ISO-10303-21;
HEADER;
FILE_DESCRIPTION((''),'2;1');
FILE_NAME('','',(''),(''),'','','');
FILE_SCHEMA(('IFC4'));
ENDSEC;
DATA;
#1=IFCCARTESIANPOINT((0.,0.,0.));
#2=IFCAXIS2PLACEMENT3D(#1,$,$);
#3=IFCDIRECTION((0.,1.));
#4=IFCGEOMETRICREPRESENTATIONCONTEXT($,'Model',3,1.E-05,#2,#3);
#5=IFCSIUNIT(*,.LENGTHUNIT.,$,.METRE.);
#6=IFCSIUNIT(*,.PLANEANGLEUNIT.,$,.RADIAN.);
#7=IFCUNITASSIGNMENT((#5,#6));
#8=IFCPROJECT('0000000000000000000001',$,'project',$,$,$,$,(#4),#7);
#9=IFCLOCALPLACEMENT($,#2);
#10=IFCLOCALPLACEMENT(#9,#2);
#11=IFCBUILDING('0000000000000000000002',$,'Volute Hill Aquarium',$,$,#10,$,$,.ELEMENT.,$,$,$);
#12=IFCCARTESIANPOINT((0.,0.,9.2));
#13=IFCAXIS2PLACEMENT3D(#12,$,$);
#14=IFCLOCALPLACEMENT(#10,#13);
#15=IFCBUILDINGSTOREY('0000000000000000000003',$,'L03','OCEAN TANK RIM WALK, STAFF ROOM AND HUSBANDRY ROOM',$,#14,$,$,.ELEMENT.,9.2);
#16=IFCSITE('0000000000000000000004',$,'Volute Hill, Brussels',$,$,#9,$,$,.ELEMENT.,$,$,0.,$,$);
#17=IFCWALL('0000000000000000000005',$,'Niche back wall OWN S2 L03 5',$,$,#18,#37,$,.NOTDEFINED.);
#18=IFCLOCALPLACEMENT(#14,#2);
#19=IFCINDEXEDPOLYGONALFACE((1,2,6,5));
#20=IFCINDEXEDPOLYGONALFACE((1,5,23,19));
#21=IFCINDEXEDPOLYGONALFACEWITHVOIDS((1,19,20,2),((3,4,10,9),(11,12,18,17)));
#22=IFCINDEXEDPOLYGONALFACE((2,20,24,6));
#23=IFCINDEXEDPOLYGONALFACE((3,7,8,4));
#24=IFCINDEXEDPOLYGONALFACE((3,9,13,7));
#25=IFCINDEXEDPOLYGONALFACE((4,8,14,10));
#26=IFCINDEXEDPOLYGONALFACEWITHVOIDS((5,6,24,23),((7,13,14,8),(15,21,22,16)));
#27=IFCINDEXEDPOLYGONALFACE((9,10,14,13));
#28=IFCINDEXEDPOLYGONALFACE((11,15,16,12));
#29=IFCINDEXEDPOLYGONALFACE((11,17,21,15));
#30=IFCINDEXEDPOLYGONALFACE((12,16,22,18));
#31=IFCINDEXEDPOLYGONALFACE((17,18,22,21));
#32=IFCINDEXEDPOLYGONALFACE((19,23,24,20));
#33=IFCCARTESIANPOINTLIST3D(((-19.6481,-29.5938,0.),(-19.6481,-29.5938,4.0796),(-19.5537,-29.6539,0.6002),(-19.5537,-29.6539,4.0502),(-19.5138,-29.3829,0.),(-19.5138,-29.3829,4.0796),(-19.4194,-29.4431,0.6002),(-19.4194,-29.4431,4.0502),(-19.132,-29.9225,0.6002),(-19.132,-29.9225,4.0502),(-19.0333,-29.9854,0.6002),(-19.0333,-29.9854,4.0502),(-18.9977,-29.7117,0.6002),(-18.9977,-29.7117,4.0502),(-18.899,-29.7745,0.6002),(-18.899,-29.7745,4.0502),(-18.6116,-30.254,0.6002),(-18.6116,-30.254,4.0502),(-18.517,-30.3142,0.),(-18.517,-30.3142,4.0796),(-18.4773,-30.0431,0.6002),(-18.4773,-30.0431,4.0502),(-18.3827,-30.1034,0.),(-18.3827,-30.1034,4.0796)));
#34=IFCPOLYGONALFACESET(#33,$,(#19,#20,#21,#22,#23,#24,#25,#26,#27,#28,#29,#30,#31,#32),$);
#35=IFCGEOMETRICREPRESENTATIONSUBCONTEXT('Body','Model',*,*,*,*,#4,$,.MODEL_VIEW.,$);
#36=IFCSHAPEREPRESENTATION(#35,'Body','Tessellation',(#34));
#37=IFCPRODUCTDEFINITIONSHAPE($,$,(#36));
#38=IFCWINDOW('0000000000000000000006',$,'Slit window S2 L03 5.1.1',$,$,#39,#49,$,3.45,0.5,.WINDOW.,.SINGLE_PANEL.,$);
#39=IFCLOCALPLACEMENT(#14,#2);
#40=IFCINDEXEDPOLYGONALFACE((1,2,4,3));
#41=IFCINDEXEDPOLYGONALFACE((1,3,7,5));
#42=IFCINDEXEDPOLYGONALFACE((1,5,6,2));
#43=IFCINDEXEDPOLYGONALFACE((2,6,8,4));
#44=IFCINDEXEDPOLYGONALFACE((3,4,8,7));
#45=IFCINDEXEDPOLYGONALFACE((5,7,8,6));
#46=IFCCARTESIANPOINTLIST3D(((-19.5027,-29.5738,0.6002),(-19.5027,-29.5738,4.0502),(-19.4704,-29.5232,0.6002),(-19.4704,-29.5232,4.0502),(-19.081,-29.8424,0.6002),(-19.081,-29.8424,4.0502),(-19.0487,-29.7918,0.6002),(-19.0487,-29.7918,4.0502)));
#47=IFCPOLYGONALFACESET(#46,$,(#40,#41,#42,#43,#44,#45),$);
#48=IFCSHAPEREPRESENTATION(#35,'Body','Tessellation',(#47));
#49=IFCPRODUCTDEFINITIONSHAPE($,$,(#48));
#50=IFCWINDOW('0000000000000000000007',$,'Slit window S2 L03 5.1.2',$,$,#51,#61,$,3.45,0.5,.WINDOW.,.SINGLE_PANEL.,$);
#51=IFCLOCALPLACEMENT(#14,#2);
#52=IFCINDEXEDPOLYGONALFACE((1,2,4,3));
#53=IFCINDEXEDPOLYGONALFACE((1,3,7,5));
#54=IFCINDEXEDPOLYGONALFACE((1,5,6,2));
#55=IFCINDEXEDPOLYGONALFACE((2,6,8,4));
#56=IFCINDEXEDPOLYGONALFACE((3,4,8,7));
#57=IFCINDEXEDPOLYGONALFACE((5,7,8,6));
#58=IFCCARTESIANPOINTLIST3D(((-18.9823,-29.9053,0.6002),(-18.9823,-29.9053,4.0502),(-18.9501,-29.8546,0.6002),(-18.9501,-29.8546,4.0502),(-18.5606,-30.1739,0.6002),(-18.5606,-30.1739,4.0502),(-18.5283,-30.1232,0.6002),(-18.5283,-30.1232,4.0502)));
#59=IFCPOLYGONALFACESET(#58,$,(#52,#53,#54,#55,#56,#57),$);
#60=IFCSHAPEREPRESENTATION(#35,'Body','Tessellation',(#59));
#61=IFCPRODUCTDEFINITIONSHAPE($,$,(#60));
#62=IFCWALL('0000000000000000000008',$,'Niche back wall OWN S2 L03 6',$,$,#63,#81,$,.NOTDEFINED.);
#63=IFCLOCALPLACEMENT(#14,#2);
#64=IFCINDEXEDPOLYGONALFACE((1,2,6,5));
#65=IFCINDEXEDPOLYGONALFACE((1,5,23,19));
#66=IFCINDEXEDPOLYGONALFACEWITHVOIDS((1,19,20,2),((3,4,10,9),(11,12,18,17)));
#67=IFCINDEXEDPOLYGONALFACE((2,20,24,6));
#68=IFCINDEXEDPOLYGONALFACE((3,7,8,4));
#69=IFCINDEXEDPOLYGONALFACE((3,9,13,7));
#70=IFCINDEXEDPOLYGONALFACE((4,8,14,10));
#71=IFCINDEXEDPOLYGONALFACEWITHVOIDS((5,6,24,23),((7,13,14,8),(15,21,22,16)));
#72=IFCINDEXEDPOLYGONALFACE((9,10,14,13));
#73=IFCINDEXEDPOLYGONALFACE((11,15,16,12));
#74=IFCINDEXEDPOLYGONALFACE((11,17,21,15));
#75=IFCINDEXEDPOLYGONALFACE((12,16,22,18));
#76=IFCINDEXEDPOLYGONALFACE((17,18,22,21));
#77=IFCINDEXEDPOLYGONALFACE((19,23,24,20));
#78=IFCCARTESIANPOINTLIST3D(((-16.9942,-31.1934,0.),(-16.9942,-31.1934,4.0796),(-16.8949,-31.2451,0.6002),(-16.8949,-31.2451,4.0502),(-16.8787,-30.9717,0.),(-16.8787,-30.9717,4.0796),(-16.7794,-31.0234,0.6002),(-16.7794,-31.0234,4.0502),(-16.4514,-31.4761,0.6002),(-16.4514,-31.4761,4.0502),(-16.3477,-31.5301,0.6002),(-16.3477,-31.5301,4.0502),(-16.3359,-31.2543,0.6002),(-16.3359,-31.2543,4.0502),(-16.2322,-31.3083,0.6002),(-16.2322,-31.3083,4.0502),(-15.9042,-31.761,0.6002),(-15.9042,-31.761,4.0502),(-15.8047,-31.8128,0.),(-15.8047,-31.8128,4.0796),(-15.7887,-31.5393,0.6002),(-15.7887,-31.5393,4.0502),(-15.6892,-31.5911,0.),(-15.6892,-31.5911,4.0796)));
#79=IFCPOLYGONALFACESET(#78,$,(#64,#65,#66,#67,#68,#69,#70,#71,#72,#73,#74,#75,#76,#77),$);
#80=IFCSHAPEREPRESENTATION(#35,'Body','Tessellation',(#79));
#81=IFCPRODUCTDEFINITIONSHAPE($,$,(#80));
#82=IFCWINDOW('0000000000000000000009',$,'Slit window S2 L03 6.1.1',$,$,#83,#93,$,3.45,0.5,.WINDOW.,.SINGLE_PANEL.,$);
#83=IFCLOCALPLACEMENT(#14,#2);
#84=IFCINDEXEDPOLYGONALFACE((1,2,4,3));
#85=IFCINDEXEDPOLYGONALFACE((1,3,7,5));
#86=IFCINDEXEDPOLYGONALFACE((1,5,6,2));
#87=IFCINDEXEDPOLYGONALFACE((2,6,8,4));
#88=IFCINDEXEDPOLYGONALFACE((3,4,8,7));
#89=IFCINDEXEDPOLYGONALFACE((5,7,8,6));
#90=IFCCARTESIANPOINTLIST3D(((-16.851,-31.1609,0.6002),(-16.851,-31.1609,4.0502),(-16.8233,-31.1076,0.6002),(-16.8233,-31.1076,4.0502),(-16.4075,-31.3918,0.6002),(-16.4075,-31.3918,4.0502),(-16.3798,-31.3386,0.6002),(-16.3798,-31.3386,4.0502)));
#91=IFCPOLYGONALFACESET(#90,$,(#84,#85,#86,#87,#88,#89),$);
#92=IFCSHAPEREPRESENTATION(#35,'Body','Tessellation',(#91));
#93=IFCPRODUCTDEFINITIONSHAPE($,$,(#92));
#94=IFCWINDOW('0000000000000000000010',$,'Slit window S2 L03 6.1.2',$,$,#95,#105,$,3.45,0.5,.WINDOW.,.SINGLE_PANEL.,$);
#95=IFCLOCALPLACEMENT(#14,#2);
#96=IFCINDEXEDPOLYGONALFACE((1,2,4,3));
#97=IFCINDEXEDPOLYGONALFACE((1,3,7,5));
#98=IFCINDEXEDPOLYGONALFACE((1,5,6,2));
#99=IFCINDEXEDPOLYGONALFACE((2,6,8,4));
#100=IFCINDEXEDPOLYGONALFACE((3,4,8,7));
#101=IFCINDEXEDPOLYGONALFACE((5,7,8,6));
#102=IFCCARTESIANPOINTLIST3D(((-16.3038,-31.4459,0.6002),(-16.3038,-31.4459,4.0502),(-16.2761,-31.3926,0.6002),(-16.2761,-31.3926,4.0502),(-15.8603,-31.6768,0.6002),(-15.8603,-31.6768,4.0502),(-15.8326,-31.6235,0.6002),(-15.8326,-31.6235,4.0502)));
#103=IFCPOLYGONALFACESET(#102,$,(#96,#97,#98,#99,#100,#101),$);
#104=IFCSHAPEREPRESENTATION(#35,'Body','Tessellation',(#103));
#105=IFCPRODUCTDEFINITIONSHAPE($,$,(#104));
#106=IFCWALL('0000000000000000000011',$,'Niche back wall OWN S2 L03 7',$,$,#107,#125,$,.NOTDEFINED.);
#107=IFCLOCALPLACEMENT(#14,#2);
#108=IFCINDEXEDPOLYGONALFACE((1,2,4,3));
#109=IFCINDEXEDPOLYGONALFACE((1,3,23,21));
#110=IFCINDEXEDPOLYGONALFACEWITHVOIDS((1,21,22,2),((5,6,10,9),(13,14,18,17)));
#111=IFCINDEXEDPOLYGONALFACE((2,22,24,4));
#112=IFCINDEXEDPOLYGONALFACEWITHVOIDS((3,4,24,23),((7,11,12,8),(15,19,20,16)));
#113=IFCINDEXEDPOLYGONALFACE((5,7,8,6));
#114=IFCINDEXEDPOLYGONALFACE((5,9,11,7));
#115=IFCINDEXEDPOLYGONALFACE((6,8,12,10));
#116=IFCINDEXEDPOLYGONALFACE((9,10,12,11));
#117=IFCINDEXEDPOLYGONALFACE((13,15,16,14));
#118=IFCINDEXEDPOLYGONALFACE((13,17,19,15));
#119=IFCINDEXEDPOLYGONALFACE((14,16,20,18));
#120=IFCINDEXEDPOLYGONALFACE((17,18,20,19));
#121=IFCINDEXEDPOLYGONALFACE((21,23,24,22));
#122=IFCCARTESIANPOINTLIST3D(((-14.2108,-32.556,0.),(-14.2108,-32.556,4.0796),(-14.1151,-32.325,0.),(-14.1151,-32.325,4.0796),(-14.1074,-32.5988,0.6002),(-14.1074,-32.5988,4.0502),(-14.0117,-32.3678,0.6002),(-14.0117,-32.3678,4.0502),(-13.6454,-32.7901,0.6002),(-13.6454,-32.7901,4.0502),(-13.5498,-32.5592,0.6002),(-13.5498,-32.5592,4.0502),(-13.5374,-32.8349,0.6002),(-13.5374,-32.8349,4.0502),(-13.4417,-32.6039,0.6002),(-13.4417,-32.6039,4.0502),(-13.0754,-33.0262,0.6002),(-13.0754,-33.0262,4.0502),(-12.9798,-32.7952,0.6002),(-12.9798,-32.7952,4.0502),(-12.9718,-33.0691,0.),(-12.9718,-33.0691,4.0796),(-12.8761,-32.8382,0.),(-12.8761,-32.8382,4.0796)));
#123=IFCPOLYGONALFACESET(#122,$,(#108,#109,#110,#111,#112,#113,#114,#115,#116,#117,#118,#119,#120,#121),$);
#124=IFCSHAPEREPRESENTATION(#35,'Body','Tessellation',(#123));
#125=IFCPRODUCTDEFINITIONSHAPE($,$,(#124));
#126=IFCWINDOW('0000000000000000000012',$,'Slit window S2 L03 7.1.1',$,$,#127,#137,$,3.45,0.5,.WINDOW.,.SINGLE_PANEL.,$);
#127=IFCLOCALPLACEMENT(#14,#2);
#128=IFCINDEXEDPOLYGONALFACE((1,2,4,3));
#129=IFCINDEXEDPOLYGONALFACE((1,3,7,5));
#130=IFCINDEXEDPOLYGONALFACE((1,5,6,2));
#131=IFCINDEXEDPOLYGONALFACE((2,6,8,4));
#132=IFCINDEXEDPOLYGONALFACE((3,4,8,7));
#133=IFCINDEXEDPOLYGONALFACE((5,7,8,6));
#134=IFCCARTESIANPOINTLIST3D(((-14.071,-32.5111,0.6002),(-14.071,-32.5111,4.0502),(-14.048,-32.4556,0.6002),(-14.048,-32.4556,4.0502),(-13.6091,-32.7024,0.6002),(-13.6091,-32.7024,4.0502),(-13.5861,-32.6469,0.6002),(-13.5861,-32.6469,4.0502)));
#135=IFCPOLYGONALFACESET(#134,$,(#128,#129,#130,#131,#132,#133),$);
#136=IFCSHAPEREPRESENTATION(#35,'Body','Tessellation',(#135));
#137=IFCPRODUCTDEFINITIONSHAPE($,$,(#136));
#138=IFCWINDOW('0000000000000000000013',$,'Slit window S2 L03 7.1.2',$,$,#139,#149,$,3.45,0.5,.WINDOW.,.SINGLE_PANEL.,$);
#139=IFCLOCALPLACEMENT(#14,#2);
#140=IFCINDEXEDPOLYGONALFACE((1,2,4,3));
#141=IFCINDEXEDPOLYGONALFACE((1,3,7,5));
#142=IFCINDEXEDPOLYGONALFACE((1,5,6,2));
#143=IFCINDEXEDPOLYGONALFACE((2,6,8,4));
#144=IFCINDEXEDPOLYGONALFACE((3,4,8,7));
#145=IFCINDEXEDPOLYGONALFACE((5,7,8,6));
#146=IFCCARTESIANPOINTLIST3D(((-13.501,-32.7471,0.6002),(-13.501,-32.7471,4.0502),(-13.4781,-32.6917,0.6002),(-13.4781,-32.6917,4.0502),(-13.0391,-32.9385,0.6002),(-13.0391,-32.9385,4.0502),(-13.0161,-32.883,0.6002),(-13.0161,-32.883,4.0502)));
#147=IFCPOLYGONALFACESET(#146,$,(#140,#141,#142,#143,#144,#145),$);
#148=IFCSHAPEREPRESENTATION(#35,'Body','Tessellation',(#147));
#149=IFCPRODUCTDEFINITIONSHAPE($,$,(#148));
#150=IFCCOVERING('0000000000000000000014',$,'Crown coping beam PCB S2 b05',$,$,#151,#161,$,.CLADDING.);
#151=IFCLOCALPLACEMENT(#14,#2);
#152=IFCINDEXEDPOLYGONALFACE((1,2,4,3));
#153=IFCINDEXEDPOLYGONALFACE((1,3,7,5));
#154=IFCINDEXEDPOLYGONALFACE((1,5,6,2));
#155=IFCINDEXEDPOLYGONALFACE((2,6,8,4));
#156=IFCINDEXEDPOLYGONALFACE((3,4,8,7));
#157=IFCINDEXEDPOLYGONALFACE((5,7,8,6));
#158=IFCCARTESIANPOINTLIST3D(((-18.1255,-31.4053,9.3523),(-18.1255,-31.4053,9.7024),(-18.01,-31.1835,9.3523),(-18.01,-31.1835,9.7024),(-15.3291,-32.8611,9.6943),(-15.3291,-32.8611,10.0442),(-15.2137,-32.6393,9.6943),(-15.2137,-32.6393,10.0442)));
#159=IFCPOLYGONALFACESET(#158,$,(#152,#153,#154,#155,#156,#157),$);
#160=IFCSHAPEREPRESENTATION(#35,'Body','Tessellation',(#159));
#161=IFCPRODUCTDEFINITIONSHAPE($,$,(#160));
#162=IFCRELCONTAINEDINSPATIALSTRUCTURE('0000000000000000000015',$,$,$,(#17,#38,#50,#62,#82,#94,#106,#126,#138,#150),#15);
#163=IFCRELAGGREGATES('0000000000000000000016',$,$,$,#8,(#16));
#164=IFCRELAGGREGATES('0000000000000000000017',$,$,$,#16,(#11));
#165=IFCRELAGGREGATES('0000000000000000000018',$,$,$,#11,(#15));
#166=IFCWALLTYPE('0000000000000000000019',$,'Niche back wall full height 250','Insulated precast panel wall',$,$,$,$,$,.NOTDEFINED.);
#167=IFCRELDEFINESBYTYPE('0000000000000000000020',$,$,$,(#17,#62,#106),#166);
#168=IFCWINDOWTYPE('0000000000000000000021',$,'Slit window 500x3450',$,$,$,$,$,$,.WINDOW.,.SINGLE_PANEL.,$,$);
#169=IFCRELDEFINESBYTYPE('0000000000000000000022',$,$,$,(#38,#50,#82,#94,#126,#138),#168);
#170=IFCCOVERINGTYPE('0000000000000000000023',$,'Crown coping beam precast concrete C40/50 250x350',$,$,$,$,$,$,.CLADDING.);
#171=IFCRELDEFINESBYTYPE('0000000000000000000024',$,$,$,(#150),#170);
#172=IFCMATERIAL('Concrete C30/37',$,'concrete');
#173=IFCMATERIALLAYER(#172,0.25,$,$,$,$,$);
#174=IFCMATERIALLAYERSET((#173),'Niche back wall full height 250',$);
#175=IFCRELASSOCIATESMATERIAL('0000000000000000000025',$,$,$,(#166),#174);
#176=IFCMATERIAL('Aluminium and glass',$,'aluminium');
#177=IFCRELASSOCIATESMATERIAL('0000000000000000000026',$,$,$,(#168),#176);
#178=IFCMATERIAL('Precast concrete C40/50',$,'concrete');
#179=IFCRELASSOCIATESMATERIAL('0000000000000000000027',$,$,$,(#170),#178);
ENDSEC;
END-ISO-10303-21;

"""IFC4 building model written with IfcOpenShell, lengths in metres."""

from ifc_helpers import new_model, si_unit, direction, frame, frame_2d, origin, place, context, subcontext, project, spatial, polyline, rectangle, outline, extrude, material, layer, layer_set, type_object, element, fill, save


model = new_model("IFC4")

# Units and contexts
model_context = context("Model", 3, precision=1e-05, world=origin(), true_north=direction((0.0, 1.0)))
body_context = subcontext(model_context, "Body", "Model", "MODEL_VIEW")
ifc_project = project(units=[si_unit("LENGTHUNIT", "METRE"), si_unit("PLANEANGLEUNIT", "RADIAN")], contexts=[model_context])

# Site, building, storey
site_placement = place(None, origin())
site = spatial("IfcSite", under=ifc_project, at=site_placement, Name="Volute Hill, Brussels", CompositionType="ELEMENT", RefElevation=0.0)
building_placement = place(site_placement, origin())
building = spatial("IfcBuilding", under=site, at=building_placement, Name="Volute Hill Aquarium", CompositionType="ELEMENT")
storey_placement = place(building_placement, frame((0.0, 0.0, 9.2)))
storey = spatial("IfcBuildingStorey", under=building, at=storey_placement, Name="L03", Description="OCEAN TANK RIM WALK, STAFF ROOM AND HUSBANDRY ROOM", CompositionType="ELEMENT", Elevation=9.2)

# Walls, openings, windows
ifc_material_1 = material(Name="Concrete C30/37", Category="concrete")
ifc_layer_1 = layer(ifc_material_1, 0.25)
ifc_layer_set_1 = layer_set([ifc_layer_1], Name="Niche back wall full height 250")
wall_type = type_object("IfcWallType", Name="Niche back wall full height 250", Description="Insulated precast panel wall", PredefinedType="NOTDEFINED", material=ifc_layer_set_1)
wall_1_placement = place(storey_placement, frame((-18.45, -30.2087, 0.0), z_axis=(0.0, 0.0, 1.0), x_axis=(-0.843437, 0.537229, 0.0)))
wall_1 = element("IfcWall", 1, at=wall_1_placement, inside=storey, type_object=wall_type, Name="Niche back wall OWN S2 L03 5", PredefinedType="NOTDEFINED", context=body_context, shape_type="SweptSolid", body=[
    extrude(rectangle(XDim=1.3411, YDim=0.25, at=frame_2d((0.6704, 0.0))), origin(), (0.0, 0.0, 1.0), 4.0796),
])
opening_1_placement = place(wall_1_placement, frame((0.729, 0.0, 0.6001)))
opening_1 = element("IfcOpeningElement", 2, at=opening_1_placement, cuts=wall_1, PredefinedType="OPENING", context=body_context, shape_type="SweptSolid", body=[
    extrude(rectangle(XDim=0.5, YDim=3.45, at=frame_2d((0.25, 1.7251))), frame((0.0, 0.135, 0.0), z_axis=(0.0, -1.0, 0.0), x_axis=(1.0, 0.0, 0.0)), (0.0, 0.0, 1.0), 0.27),
])
opening_2_placement = place(wall_1_placement, frame((0.1121, 0.0, 0.6001)))
opening_2 = element("IfcOpeningElement", 3, at=opening_2_placement, cuts=wall_1, PredefinedType="OPENING", context=body_context, shape_type="SweptSolid", body=[
    extrude(rectangle(XDim=0.5, YDim=3.45, at=frame_2d((0.25, 1.7251))), frame((0.0, 0.135, 0.0), z_axis=(0.0, -1.0, 0.0), x_axis=(1.0, 0.0, 0.0)), (0.0, 0.0, 1.0), 0.27),
])
ifc_material_2 = material(Name="Aluminium and glass", Category="aluminium")
window_type = type_object("IfcWindowType", Name="Slit window 500x3450", PartitioningType="SINGLE_PANEL", PredefinedType="WINDOW", material=ifc_material_2)
window_1_placement = place(opening_1_placement, origin())
window_1 = element("IfcWindow", 4, at=window_1_placement, inside=storey, type_object=window_type, Name="Slit window S2 L03 5.1.1", OverallHeight=3.45, OverallWidth=0.5, PartitioningType="SINGLE_PANEL", PredefinedType="WINDOW", context=body_context, shape_type="SweptSolid", body=[
    extrude(rectangle(XDim=0.5, YDim=3.45, at=frame_2d((0.25, 1.7251))), frame((0.0, 0.03, 0.0), z_axis=(0.0, -1.0, 0.0), x_axis=(1.0, 0.0, 0.0)), (0.0, 0.0, 1.0), 0.0601),
])
fill(opening_1, window_1)
window_2_placement = place(opening_2_placement, origin())
window_2 = element("IfcWindow", 5, at=window_2_placement, inside=storey, type_object=window_type, Name="Slit window S2 L03 5.1.2", OverallHeight=3.45, OverallWidth=0.5, PartitioningType="SINGLE_PANEL", PredefinedType="WINDOW", context=body_context, shape_type="SweptSolid", body=[
    extrude(rectangle(XDim=0.5, YDim=3.45, at=frame_2d((0.25, 1.7251))), frame((0.0, 0.03, 0.0), z_axis=(0.0, -1.0, 0.0), x_axis=(1.0, 0.0, 0.0)), (0.0, 0.0, 1.0), 0.0601),
])
fill(opening_2, window_2)
wall_2_placement = place(storey_placement, frame((-15.7471, -31.7019, 0.0), z_axis=(0.0, 0.0, 1.0), x_axis=(-0.886951, 0.461863, 0.0)))
wall_2 = element("IfcWall", 6, at=wall_2_placement, inside=storey, type_object=wall_type, Name="Niche back wall OWN S2 L03 6", PredefinedType="NOTDEFINED", context=body_context, shape_type="SweptSolid", body=[
    extrude(rectangle(XDim=1.3411, YDim=0.25, at=frame_2d((0.6704, 0.0))), origin(), (0.0, 0.0, 1.0), 4.0796),
])
opening_3_placement = place(wall_2_placement, frame((0.729, 0.0, 0.6001)))
opening_3 = element("IfcOpeningElement", 7, at=opening_3_placement, cuts=wall_2, PredefinedType="OPENING", context=body_context, shape_type="SweptSolid", body=[
    extrude(rectangle(XDim=0.5, YDim=3.45, at=frame_2d((0.25, 1.7251))), frame((0.0, 0.135, 0.0), z_axis=(0.0, -1.0, 0.0), x_axis=(1.0, 0.0, 0.0)), (0.0, 0.0, 1.0), 0.27),
])
opening_4_placement = place(wall_2_placement, frame((0.1121, 0.0, 0.6001)))
opening_4 = element("IfcOpeningElement", 8, at=opening_4_placement, cuts=wall_2, PredefinedType="OPENING", context=body_context, shape_type="SweptSolid", body=[
    extrude(rectangle(XDim=0.5, YDim=3.45, at=frame_2d((0.25, 1.7251))), frame((0.0, 0.135, 0.0), z_axis=(0.0, -1.0, 0.0), x_axis=(1.0, 0.0, 0.0)), (0.0, 0.0, 1.0), 0.27),
])
window_3_placement = place(opening_3_placement, origin())
window_3 = element("IfcWindow", 9, at=window_3_placement, inside=storey, type_object=window_type, Name="Slit window S2 L03 6.1.1", OverallHeight=3.45, OverallWidth=0.5, PartitioningType="SINGLE_PANEL", PredefinedType="WINDOW", context=body_context, shape_type="SweptSolid", body=[
    extrude(rectangle(XDim=0.5, YDim=3.45, at=frame_2d((0.25, 1.7251))), frame((0.0, 0.03, 0.0), z_axis=(0.0, -1.0, 0.0), x_axis=(1.0, 0.0, 0.0)), (0.0, 0.0, 1.0), 0.0601),
])
fill(opening_3, window_3)
window_4_placement = place(opening_4_placement, origin())
window_4 = element("IfcWindow", 10, at=window_4_placement, inside=storey, type_object=window_type, Name="Slit window S2 L03 6.1.2", OverallHeight=3.45, OverallWidth=0.5, PartitioningType="SINGLE_PANEL", PredefinedType="WINDOW", context=body_context, shape_type="SweptSolid", body=[
    extrude(rectangle(XDim=0.5, YDim=3.45, at=frame_2d((0.25, 1.7251))), frame((0.0, 0.03, 0.0), z_axis=(0.0, -1.0, 0.0), x_axis=(1.0, 0.0, 0.0)), (0.0, 0.0, 1.0), 0.0601),
])
fill(opening_4, window_4)
wall_3_placement = place(storey_placement, frame((-12.9241, -32.9536, 0.0), z_axis=(0.0, 0.0, 1.0), x_axis=(-0.923888, 0.382663, 0.0)))
wall_3 = element("IfcWall", 11, at=wall_3_placement, inside=storey, type_object=wall_type, Name="Niche back wall OWN S2 L03 7", PredefinedType="NOTDEFINED", context=body_context, shape_type="SweptSolid", body=[
    extrude(rectangle(XDim=1.3411, YDim=0.25, at=frame_2d((0.6704, 0.0))), origin(), (0.0, 0.0, 1.0), 4.0796),
])
opening_5_placement = place(wall_3_placement, frame((0.729, 0.0, 0.6001)))
opening_5 = element("IfcOpeningElement", 12, at=opening_5_placement, cuts=wall_3, PredefinedType="OPENING", context=body_context, shape_type="SweptSolid", body=[
    extrude(rectangle(XDim=0.5, YDim=3.45, at=frame_2d((0.25, 1.7251))), frame((0.0, 0.135, 0.0), z_axis=(0.0, -1.0, 0.0), x_axis=(1.0, 0.0, 0.0)), (0.0, 0.0, 1.0), 0.27),
])
opening_6_placement = place(wall_3_placement, frame((0.1121, 0.0, 0.6001)))
opening_6 = element("IfcOpeningElement", 13, at=opening_6_placement, cuts=wall_3, PredefinedType="OPENING", context=body_context, shape_type="SweptSolid", body=[
    extrude(rectangle(XDim=0.5, YDim=3.45, at=frame_2d((0.25, 1.7251))), frame((0.0, 0.135, 0.0), z_axis=(0.0, -1.0, 0.0), x_axis=(1.0, 0.0, 0.0)), (0.0, 0.0, 1.0), 0.27),
])
window_5_placement = place(opening_5_placement, origin())
window_5 = element("IfcWindow", 14, at=window_5_placement, inside=storey, type_object=window_type, Name="Slit window S2 L03 7.1.1", OverallHeight=3.45, OverallWidth=0.5, PartitioningType="SINGLE_PANEL", PredefinedType="WINDOW", context=body_context, shape_type="SweptSolid", body=[
    extrude(rectangle(XDim=0.5, YDim=3.45, at=frame_2d((0.25, 1.7251))), frame((0.0, 0.03, 0.0), z_axis=(0.0, -1.0, 0.0), x_axis=(1.0, 0.0, 0.0)), (0.0, 0.0, 1.0), 0.0601),
])
fill(opening_5, window_5)
window_6_placement = place(opening_6_placement, origin())
window_6 = element("IfcWindow", 15, at=window_6_placement, inside=storey, type_object=window_type, Name="Slit window S2 L03 7.1.2", OverallHeight=3.45, OverallWidth=0.5, PartitioningType="SINGLE_PANEL", PredefinedType="WINDOW", context=body_context, shape_type="SweptSolid", body=[
    extrude(rectangle(XDim=0.5, YDim=3.45, at=frame_2d((0.25, 1.7251))), frame((0.0, 0.03, 0.0), z_axis=(0.0, -1.0, 0.0), x_axis=(1.0, 0.0, 0.0)), (0.0, 0.0, 1.0), 0.0601),
])
fill(opening_6, window_6)

# Covering
ifc_material_3 = material(Name="Precast concrete C40/50", Category="concrete")
covering_type_1 = type_object("IfcCoveringType", Name="Crown coping beam precast concrete C40/50 250x350", PredefinedType="CLADDING", material=ifc_material_3)
covering_1_placement = place(storey_placement, frame((-18.1255, -31.4053, 9.3523), z_axis=(-0.461775, -0.886997, 0.0), x_axis=(0.881823, -0.459081, 0.10786)))
element("IfcCovering", 16, at=covering_1_placement, inside=storey, type_object=covering_type_1, Name="Crown coping beam PCB S2 b05", PredefinedType="CLADDING", context=body_context, shape_type="SweptSolid", body=[
    extrude(outline(polyline([(0.0, 0.0), (3.1711, 0.0), (3.2089, 0.3478), (0.0378, 0.3481), (0.0, 0.0)])), origin(), (0.0, 0.0, -1.0), 0.25),
])

save(model, "model.ifc")
